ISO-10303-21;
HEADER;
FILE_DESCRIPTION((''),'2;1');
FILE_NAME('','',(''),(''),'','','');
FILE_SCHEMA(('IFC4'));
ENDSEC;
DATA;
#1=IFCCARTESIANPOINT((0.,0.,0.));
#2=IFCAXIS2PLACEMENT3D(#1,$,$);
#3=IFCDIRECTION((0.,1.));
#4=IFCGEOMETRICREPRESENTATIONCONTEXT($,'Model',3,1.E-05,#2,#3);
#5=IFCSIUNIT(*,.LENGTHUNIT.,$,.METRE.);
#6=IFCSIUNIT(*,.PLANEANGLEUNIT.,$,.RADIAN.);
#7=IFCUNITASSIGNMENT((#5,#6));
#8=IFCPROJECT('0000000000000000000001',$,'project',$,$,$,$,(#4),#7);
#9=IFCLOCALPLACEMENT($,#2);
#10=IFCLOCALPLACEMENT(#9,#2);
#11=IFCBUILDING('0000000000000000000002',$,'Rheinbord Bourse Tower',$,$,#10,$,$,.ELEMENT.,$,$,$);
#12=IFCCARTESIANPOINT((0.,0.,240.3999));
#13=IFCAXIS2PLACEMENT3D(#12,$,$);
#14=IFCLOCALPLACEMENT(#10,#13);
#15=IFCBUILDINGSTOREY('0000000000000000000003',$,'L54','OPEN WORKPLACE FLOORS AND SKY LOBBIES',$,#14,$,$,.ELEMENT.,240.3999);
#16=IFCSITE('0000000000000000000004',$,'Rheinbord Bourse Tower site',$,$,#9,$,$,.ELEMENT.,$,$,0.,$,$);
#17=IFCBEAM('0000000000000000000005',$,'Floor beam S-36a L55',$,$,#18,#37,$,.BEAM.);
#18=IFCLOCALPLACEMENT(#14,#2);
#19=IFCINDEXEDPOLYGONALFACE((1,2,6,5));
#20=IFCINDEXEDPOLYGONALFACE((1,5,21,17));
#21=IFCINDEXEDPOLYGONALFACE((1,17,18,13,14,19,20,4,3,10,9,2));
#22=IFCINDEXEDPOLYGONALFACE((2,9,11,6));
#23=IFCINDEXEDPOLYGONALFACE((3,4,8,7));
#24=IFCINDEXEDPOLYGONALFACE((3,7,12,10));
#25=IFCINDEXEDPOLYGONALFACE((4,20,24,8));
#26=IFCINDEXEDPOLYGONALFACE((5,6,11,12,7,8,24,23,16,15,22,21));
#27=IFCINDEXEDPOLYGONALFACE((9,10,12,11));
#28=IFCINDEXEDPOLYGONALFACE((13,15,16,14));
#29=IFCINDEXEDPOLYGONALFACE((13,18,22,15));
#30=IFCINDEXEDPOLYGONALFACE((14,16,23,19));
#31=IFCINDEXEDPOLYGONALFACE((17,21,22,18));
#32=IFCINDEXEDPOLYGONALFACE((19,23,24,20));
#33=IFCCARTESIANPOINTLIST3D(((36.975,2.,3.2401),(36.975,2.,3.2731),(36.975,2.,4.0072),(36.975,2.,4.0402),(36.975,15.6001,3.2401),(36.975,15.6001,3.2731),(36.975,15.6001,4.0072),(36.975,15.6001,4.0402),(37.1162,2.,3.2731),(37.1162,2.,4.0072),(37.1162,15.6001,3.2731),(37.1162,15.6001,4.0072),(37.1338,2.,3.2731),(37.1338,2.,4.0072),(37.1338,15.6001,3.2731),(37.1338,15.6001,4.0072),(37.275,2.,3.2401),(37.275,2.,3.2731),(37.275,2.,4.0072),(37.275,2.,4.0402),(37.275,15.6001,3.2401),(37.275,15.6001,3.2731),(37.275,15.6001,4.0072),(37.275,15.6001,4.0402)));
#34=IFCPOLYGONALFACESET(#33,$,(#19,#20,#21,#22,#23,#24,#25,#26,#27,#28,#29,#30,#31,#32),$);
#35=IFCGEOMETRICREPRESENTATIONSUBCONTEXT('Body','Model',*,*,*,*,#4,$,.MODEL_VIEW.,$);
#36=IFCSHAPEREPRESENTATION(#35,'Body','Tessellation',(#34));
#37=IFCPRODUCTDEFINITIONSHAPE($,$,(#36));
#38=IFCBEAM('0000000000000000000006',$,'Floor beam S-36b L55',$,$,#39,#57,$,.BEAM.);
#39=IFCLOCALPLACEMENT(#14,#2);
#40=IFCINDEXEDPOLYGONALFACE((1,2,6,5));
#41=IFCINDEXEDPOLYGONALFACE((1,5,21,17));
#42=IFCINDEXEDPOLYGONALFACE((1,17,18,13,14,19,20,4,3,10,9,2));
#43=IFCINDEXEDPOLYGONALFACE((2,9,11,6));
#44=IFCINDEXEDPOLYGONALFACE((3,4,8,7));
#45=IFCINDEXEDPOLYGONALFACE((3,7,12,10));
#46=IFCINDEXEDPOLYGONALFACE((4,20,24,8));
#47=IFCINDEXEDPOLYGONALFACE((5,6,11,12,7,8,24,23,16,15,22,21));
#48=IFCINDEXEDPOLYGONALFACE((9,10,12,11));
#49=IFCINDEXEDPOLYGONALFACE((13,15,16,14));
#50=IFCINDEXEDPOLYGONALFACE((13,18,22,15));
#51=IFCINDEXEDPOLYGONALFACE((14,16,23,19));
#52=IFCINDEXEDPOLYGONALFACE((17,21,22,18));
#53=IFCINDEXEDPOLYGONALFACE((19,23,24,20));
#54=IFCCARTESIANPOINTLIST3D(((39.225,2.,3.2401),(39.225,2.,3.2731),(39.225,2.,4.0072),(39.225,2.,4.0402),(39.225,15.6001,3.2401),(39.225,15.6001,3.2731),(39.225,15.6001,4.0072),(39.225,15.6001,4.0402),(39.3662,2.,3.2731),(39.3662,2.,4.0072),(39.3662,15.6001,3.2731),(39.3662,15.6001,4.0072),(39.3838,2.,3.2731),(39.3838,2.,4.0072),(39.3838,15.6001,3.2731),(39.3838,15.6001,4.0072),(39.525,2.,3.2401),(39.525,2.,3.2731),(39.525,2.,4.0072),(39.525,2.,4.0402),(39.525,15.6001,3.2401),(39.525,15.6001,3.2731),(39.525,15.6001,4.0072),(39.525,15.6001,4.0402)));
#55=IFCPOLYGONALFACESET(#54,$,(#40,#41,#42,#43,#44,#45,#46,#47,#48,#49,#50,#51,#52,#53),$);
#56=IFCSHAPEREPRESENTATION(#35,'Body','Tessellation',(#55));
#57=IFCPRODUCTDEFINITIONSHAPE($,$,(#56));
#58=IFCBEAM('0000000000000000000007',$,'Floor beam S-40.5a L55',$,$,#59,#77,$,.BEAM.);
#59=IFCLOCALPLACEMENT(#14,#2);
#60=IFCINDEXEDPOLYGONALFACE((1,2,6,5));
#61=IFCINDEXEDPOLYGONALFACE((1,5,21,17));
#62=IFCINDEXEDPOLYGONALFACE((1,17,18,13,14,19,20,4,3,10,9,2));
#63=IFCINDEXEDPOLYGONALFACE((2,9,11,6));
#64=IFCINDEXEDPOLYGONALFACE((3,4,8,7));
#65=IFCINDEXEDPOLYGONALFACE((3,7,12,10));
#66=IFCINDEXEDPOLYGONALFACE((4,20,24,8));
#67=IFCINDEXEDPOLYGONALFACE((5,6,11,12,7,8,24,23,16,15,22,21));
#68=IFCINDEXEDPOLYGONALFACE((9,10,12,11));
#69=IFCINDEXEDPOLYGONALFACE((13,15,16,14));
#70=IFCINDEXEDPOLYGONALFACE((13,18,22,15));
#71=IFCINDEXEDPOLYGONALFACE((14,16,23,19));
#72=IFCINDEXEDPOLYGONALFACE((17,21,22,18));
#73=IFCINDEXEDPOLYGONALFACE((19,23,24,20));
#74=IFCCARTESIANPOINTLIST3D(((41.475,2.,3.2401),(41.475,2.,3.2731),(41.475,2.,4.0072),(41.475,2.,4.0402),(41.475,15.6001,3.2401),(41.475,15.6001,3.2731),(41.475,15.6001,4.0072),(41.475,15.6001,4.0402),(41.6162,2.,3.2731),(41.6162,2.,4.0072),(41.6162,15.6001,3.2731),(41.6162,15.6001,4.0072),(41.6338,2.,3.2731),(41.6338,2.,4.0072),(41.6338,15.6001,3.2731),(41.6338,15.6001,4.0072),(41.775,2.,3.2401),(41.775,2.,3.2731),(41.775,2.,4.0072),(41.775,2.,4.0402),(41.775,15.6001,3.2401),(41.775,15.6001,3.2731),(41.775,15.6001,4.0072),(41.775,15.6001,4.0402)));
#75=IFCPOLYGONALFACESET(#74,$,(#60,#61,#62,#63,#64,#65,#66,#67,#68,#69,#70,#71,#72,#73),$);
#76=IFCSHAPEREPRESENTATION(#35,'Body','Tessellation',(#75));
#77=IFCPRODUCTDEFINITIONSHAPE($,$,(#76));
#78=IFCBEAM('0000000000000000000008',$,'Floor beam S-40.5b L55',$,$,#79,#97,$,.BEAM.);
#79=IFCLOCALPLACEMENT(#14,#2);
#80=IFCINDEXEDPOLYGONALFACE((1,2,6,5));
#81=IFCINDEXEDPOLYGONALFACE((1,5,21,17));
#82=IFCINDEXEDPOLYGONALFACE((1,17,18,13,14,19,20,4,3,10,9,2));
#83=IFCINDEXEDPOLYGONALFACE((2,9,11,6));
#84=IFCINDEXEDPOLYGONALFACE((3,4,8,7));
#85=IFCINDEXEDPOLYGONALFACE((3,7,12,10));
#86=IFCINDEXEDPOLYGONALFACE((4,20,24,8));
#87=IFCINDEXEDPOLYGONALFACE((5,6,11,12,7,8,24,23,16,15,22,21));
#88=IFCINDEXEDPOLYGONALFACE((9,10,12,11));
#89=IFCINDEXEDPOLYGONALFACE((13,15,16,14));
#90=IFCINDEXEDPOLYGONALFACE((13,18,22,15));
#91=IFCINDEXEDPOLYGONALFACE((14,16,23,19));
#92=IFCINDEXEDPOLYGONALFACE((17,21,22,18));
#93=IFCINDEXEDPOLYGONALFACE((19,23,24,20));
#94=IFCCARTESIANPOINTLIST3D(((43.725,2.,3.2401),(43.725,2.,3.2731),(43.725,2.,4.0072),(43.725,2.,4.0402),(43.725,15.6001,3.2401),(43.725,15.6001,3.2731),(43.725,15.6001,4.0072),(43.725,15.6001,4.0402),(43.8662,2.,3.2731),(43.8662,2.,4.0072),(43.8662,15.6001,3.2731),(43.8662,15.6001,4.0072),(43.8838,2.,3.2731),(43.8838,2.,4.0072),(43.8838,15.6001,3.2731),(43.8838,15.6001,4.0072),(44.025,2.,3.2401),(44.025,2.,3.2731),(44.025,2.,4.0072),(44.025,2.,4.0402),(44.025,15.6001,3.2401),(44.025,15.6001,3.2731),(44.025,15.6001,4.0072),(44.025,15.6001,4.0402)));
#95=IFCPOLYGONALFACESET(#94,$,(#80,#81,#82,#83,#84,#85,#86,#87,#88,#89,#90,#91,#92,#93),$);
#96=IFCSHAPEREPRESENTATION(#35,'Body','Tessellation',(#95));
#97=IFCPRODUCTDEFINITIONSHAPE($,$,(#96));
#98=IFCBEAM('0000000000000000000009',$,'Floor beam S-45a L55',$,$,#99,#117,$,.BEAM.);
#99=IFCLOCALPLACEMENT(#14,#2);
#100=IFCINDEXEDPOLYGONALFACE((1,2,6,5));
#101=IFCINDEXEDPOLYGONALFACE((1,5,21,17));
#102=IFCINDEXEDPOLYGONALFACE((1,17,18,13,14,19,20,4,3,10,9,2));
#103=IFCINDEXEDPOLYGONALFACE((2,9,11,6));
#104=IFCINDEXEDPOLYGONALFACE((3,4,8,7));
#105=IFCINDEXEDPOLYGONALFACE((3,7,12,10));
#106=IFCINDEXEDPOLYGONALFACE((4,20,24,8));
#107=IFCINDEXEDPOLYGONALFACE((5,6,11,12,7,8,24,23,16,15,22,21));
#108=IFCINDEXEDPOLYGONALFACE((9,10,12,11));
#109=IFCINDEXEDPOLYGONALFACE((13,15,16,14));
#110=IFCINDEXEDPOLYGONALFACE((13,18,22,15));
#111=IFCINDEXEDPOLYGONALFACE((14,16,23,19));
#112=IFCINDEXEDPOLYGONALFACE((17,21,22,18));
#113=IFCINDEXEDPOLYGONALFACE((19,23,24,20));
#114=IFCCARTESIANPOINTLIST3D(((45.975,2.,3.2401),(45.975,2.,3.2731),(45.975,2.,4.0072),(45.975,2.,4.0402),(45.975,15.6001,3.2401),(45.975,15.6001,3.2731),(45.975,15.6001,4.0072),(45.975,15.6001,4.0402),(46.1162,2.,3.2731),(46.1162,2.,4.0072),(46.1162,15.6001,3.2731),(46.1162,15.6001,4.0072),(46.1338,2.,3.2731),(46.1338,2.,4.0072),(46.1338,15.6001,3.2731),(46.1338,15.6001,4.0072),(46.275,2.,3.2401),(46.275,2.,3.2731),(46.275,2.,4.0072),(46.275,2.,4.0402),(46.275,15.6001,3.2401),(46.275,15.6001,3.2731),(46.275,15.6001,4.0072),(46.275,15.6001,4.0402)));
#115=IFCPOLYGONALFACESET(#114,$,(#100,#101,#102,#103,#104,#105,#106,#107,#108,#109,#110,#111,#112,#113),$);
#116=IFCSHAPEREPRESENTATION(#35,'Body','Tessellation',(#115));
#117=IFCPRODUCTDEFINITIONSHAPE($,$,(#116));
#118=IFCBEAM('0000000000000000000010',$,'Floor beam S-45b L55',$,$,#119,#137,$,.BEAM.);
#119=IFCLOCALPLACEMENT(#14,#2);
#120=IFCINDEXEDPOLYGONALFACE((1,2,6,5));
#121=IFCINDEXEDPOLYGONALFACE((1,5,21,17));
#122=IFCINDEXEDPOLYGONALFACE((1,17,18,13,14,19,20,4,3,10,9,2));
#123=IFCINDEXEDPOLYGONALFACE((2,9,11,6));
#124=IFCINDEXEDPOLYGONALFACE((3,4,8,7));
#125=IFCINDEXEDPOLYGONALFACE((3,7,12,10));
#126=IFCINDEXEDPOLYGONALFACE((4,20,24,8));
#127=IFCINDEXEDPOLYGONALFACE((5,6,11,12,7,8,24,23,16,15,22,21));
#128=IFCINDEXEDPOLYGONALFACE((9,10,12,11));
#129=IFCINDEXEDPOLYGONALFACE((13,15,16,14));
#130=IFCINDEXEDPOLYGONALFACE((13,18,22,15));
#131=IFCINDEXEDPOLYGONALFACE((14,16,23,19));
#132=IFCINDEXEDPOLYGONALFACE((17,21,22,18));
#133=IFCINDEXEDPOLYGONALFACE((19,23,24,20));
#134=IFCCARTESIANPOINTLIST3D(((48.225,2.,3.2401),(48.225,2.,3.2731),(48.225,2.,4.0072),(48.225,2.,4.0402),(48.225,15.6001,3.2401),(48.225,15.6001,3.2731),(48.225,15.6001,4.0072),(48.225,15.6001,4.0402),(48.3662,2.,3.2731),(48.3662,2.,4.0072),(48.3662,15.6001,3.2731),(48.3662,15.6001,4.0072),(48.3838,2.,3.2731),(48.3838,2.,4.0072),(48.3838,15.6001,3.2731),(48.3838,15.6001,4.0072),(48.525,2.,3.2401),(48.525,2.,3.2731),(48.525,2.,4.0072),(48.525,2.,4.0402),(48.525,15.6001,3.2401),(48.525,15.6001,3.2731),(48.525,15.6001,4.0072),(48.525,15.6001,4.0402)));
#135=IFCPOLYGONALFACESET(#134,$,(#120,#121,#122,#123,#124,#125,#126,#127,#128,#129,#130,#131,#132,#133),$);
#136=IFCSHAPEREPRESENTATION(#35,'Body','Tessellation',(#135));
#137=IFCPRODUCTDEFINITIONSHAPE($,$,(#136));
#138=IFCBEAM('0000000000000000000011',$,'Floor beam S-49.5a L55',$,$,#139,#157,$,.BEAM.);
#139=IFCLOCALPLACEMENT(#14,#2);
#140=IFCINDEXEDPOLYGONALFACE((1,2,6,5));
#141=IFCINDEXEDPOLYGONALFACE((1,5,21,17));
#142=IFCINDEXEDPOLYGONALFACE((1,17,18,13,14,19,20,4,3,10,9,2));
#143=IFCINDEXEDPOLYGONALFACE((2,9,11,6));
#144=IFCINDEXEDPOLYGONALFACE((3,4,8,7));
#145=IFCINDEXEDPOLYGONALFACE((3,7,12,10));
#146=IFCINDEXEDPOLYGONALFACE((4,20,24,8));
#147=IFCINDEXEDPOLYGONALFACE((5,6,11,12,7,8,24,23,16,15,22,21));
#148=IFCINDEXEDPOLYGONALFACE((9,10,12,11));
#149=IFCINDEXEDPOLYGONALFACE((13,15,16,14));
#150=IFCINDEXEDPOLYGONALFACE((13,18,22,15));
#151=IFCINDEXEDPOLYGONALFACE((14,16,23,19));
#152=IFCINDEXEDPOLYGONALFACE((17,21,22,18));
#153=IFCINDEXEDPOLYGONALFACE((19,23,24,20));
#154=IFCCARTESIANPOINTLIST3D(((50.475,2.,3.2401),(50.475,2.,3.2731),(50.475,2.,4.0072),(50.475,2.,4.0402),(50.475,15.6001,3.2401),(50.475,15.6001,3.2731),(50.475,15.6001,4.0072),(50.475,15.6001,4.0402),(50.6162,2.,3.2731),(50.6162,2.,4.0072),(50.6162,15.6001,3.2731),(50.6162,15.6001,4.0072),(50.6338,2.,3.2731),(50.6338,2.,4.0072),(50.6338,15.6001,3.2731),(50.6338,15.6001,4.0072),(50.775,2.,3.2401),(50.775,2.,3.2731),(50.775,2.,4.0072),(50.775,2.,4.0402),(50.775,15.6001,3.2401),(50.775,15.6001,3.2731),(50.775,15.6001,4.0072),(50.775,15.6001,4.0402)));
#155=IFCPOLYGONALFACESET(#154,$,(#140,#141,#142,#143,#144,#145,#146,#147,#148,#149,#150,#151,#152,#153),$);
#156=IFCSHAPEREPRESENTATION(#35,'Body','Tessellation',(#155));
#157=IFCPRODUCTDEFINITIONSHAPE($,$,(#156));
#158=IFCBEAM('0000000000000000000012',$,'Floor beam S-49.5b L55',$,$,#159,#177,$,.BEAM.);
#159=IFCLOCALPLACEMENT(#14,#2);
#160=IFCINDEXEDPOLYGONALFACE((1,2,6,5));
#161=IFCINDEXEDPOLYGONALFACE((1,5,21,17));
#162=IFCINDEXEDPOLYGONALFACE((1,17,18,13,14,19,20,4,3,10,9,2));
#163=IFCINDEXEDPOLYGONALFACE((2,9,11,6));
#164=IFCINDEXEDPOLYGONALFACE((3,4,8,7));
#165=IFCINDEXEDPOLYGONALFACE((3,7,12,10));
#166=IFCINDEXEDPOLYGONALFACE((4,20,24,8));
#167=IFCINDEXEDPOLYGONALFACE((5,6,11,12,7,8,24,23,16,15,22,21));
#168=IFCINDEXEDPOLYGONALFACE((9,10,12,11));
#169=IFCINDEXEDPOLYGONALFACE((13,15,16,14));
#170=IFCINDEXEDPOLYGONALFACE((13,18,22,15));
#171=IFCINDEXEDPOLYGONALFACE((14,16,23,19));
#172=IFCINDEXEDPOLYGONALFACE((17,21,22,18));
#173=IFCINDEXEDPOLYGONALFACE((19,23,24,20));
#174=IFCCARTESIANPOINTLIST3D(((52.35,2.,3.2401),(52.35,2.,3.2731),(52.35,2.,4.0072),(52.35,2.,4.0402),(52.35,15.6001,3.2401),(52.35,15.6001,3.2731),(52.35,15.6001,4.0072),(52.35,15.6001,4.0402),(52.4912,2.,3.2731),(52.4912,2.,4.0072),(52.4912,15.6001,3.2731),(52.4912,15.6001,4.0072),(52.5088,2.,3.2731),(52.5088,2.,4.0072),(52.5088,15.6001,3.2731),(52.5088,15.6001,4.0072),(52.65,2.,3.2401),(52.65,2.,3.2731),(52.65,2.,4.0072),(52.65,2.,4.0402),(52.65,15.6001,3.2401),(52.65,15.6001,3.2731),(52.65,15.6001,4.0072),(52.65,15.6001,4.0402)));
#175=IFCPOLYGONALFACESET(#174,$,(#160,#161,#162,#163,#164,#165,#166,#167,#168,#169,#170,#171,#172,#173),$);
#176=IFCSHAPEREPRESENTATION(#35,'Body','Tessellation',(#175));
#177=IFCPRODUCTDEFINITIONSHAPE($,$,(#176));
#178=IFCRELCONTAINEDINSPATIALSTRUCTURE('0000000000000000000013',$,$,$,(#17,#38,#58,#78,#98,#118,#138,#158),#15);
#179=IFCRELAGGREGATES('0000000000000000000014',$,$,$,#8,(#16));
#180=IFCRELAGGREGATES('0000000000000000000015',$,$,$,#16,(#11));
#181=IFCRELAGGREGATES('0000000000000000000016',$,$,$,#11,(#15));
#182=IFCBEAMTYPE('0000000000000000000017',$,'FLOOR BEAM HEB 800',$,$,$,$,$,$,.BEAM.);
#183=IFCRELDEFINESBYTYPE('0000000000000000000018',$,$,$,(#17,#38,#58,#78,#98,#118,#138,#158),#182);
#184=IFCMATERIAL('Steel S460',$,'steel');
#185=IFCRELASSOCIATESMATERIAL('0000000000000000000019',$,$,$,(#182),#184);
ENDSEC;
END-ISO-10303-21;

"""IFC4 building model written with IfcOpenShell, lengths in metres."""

from ifc_helpers import new_model, si_unit, direction, frame, origin, origin_2d, place, context, subcontext, project, spatial, i_section, extrude, material, material_profile, profile_set, type_object, element, save


model = new_model("IFC4")

# Units and contexts
model_context = context("Model", 3, precision=1e-05, world=origin(), true_north=direction((0.0, 1.0)))
body_context = subcontext(model_context, "Body", "Model", "MODEL_VIEW")
ifc_project = project(units=[si_unit("LENGTHUNIT", "METRE"), si_unit("PLANEANGLEUNIT", "RADIAN")], contexts=[model_context])

# Site, building, storey
site_placement = place(None, origin())
site = spatial("IfcSite", under=ifc_project, at=site_placement, Name="Rheinbord Bourse Tower site", CompositionType="ELEMENT", RefElevation=0.0)
building_placement = place(site_placement, origin())
building = spatial("IfcBuilding", under=site, at=building_placement, Name="Rheinbord Bourse Tower", CompositionType="ELEMENT")
storey_placement = place(building_placement, frame((0.0, 0.0, 240.3999)))
storey = spatial("IfcBuildingStorey", under=building, at=storey_placement, Name="L54", Description="OPEN WORKPLACE FLOORS AND SKY LOBBIES", CompositionType="ELEMENT", Elevation=240.3999)

# Beams
ifc_material_1 = material(Name="Steel S460", Category="steel")
ifc_material_profile_1 = material_profile(ifc_material_1, i_section(OverallWidth=0.3, OverallDepth=0.8, WebThickness=0.0176, FlangeThickness=0.033, at=origin_2d()), Name="HEB 800")
ifc_profile_set_1 = profile_set([ifc_material_profile_1], Name="Steel S460")
beam_type_1 = type_object("IfcBeamType", Name="FLOOR BEAM HEB 800", PredefinedType="BEAM", material=ifc_profile_set_1)
for number, where, z_axis, x_axis, name in (
    (1, (37.125, 2.0, 3.6401), (0.0, 1.0, 0.0), (-1.0, 0.0, 0.0), "Floor beam S-36a L55"),
    (2, (39.375, 2.0, 3.6401), (0.0, 1.0, 0.0), (-1.0, 0.0, 0.0), "Floor beam S-36b L55"),
    (3, (41.625, 2.0, 3.6401), (0.0, 1.0, 0.0), (-1.0, 0.0, 0.0), "Floor beam S-40.5a L55"),
    (4, (43.875, 2.0, 3.6401), (0.0, 1.0, 0.0), (-1.0, 0.0, 0.0), "Floor beam S-40.5b L55"),
    (5, (46.125, 2.0, 3.6401), (0.0, 1.0, 0.0), (-1.0, 0.0, 0.0), "Floor beam S-45a L55"),
    (6, (48.375, 2.0, 3.6401), (0.0, 1.0, 0.0), (-1.0, 0.0, 0.0), "Floor beam S-45b L55"),
    (7, (50.625, 2.0, 3.6401), (0.0, 1.0, 0.0), (-1.0, 0.0, 0.0), "Floor beam S-49.5a L55"),
    (8, (52.5, 2.0, 3.6401), (0.0, 1.0, 0.0), (-1.0, 0.0, 0.0), "Floor beam S-49.5b L55"),
):
    element("IfcBeam", number, at=place(storey_placement, frame(where, z_axis=z_axis, x_axis=x_axis)), inside=storey, type_object=beam_type_1, Name=name, PredefinedType="BEAM", context=body_context, shape_type="SweptSolid", body=[
        extrude(i_section(OverallWidth=0.3, OverallDepth=0.8, WebThickness=0.0176, FlangeThickness=0.033, at=origin_2d()), origin(), (0.0, 0.0, 1.0), 13.6001),
    ])

save(model, "model.ifc")
